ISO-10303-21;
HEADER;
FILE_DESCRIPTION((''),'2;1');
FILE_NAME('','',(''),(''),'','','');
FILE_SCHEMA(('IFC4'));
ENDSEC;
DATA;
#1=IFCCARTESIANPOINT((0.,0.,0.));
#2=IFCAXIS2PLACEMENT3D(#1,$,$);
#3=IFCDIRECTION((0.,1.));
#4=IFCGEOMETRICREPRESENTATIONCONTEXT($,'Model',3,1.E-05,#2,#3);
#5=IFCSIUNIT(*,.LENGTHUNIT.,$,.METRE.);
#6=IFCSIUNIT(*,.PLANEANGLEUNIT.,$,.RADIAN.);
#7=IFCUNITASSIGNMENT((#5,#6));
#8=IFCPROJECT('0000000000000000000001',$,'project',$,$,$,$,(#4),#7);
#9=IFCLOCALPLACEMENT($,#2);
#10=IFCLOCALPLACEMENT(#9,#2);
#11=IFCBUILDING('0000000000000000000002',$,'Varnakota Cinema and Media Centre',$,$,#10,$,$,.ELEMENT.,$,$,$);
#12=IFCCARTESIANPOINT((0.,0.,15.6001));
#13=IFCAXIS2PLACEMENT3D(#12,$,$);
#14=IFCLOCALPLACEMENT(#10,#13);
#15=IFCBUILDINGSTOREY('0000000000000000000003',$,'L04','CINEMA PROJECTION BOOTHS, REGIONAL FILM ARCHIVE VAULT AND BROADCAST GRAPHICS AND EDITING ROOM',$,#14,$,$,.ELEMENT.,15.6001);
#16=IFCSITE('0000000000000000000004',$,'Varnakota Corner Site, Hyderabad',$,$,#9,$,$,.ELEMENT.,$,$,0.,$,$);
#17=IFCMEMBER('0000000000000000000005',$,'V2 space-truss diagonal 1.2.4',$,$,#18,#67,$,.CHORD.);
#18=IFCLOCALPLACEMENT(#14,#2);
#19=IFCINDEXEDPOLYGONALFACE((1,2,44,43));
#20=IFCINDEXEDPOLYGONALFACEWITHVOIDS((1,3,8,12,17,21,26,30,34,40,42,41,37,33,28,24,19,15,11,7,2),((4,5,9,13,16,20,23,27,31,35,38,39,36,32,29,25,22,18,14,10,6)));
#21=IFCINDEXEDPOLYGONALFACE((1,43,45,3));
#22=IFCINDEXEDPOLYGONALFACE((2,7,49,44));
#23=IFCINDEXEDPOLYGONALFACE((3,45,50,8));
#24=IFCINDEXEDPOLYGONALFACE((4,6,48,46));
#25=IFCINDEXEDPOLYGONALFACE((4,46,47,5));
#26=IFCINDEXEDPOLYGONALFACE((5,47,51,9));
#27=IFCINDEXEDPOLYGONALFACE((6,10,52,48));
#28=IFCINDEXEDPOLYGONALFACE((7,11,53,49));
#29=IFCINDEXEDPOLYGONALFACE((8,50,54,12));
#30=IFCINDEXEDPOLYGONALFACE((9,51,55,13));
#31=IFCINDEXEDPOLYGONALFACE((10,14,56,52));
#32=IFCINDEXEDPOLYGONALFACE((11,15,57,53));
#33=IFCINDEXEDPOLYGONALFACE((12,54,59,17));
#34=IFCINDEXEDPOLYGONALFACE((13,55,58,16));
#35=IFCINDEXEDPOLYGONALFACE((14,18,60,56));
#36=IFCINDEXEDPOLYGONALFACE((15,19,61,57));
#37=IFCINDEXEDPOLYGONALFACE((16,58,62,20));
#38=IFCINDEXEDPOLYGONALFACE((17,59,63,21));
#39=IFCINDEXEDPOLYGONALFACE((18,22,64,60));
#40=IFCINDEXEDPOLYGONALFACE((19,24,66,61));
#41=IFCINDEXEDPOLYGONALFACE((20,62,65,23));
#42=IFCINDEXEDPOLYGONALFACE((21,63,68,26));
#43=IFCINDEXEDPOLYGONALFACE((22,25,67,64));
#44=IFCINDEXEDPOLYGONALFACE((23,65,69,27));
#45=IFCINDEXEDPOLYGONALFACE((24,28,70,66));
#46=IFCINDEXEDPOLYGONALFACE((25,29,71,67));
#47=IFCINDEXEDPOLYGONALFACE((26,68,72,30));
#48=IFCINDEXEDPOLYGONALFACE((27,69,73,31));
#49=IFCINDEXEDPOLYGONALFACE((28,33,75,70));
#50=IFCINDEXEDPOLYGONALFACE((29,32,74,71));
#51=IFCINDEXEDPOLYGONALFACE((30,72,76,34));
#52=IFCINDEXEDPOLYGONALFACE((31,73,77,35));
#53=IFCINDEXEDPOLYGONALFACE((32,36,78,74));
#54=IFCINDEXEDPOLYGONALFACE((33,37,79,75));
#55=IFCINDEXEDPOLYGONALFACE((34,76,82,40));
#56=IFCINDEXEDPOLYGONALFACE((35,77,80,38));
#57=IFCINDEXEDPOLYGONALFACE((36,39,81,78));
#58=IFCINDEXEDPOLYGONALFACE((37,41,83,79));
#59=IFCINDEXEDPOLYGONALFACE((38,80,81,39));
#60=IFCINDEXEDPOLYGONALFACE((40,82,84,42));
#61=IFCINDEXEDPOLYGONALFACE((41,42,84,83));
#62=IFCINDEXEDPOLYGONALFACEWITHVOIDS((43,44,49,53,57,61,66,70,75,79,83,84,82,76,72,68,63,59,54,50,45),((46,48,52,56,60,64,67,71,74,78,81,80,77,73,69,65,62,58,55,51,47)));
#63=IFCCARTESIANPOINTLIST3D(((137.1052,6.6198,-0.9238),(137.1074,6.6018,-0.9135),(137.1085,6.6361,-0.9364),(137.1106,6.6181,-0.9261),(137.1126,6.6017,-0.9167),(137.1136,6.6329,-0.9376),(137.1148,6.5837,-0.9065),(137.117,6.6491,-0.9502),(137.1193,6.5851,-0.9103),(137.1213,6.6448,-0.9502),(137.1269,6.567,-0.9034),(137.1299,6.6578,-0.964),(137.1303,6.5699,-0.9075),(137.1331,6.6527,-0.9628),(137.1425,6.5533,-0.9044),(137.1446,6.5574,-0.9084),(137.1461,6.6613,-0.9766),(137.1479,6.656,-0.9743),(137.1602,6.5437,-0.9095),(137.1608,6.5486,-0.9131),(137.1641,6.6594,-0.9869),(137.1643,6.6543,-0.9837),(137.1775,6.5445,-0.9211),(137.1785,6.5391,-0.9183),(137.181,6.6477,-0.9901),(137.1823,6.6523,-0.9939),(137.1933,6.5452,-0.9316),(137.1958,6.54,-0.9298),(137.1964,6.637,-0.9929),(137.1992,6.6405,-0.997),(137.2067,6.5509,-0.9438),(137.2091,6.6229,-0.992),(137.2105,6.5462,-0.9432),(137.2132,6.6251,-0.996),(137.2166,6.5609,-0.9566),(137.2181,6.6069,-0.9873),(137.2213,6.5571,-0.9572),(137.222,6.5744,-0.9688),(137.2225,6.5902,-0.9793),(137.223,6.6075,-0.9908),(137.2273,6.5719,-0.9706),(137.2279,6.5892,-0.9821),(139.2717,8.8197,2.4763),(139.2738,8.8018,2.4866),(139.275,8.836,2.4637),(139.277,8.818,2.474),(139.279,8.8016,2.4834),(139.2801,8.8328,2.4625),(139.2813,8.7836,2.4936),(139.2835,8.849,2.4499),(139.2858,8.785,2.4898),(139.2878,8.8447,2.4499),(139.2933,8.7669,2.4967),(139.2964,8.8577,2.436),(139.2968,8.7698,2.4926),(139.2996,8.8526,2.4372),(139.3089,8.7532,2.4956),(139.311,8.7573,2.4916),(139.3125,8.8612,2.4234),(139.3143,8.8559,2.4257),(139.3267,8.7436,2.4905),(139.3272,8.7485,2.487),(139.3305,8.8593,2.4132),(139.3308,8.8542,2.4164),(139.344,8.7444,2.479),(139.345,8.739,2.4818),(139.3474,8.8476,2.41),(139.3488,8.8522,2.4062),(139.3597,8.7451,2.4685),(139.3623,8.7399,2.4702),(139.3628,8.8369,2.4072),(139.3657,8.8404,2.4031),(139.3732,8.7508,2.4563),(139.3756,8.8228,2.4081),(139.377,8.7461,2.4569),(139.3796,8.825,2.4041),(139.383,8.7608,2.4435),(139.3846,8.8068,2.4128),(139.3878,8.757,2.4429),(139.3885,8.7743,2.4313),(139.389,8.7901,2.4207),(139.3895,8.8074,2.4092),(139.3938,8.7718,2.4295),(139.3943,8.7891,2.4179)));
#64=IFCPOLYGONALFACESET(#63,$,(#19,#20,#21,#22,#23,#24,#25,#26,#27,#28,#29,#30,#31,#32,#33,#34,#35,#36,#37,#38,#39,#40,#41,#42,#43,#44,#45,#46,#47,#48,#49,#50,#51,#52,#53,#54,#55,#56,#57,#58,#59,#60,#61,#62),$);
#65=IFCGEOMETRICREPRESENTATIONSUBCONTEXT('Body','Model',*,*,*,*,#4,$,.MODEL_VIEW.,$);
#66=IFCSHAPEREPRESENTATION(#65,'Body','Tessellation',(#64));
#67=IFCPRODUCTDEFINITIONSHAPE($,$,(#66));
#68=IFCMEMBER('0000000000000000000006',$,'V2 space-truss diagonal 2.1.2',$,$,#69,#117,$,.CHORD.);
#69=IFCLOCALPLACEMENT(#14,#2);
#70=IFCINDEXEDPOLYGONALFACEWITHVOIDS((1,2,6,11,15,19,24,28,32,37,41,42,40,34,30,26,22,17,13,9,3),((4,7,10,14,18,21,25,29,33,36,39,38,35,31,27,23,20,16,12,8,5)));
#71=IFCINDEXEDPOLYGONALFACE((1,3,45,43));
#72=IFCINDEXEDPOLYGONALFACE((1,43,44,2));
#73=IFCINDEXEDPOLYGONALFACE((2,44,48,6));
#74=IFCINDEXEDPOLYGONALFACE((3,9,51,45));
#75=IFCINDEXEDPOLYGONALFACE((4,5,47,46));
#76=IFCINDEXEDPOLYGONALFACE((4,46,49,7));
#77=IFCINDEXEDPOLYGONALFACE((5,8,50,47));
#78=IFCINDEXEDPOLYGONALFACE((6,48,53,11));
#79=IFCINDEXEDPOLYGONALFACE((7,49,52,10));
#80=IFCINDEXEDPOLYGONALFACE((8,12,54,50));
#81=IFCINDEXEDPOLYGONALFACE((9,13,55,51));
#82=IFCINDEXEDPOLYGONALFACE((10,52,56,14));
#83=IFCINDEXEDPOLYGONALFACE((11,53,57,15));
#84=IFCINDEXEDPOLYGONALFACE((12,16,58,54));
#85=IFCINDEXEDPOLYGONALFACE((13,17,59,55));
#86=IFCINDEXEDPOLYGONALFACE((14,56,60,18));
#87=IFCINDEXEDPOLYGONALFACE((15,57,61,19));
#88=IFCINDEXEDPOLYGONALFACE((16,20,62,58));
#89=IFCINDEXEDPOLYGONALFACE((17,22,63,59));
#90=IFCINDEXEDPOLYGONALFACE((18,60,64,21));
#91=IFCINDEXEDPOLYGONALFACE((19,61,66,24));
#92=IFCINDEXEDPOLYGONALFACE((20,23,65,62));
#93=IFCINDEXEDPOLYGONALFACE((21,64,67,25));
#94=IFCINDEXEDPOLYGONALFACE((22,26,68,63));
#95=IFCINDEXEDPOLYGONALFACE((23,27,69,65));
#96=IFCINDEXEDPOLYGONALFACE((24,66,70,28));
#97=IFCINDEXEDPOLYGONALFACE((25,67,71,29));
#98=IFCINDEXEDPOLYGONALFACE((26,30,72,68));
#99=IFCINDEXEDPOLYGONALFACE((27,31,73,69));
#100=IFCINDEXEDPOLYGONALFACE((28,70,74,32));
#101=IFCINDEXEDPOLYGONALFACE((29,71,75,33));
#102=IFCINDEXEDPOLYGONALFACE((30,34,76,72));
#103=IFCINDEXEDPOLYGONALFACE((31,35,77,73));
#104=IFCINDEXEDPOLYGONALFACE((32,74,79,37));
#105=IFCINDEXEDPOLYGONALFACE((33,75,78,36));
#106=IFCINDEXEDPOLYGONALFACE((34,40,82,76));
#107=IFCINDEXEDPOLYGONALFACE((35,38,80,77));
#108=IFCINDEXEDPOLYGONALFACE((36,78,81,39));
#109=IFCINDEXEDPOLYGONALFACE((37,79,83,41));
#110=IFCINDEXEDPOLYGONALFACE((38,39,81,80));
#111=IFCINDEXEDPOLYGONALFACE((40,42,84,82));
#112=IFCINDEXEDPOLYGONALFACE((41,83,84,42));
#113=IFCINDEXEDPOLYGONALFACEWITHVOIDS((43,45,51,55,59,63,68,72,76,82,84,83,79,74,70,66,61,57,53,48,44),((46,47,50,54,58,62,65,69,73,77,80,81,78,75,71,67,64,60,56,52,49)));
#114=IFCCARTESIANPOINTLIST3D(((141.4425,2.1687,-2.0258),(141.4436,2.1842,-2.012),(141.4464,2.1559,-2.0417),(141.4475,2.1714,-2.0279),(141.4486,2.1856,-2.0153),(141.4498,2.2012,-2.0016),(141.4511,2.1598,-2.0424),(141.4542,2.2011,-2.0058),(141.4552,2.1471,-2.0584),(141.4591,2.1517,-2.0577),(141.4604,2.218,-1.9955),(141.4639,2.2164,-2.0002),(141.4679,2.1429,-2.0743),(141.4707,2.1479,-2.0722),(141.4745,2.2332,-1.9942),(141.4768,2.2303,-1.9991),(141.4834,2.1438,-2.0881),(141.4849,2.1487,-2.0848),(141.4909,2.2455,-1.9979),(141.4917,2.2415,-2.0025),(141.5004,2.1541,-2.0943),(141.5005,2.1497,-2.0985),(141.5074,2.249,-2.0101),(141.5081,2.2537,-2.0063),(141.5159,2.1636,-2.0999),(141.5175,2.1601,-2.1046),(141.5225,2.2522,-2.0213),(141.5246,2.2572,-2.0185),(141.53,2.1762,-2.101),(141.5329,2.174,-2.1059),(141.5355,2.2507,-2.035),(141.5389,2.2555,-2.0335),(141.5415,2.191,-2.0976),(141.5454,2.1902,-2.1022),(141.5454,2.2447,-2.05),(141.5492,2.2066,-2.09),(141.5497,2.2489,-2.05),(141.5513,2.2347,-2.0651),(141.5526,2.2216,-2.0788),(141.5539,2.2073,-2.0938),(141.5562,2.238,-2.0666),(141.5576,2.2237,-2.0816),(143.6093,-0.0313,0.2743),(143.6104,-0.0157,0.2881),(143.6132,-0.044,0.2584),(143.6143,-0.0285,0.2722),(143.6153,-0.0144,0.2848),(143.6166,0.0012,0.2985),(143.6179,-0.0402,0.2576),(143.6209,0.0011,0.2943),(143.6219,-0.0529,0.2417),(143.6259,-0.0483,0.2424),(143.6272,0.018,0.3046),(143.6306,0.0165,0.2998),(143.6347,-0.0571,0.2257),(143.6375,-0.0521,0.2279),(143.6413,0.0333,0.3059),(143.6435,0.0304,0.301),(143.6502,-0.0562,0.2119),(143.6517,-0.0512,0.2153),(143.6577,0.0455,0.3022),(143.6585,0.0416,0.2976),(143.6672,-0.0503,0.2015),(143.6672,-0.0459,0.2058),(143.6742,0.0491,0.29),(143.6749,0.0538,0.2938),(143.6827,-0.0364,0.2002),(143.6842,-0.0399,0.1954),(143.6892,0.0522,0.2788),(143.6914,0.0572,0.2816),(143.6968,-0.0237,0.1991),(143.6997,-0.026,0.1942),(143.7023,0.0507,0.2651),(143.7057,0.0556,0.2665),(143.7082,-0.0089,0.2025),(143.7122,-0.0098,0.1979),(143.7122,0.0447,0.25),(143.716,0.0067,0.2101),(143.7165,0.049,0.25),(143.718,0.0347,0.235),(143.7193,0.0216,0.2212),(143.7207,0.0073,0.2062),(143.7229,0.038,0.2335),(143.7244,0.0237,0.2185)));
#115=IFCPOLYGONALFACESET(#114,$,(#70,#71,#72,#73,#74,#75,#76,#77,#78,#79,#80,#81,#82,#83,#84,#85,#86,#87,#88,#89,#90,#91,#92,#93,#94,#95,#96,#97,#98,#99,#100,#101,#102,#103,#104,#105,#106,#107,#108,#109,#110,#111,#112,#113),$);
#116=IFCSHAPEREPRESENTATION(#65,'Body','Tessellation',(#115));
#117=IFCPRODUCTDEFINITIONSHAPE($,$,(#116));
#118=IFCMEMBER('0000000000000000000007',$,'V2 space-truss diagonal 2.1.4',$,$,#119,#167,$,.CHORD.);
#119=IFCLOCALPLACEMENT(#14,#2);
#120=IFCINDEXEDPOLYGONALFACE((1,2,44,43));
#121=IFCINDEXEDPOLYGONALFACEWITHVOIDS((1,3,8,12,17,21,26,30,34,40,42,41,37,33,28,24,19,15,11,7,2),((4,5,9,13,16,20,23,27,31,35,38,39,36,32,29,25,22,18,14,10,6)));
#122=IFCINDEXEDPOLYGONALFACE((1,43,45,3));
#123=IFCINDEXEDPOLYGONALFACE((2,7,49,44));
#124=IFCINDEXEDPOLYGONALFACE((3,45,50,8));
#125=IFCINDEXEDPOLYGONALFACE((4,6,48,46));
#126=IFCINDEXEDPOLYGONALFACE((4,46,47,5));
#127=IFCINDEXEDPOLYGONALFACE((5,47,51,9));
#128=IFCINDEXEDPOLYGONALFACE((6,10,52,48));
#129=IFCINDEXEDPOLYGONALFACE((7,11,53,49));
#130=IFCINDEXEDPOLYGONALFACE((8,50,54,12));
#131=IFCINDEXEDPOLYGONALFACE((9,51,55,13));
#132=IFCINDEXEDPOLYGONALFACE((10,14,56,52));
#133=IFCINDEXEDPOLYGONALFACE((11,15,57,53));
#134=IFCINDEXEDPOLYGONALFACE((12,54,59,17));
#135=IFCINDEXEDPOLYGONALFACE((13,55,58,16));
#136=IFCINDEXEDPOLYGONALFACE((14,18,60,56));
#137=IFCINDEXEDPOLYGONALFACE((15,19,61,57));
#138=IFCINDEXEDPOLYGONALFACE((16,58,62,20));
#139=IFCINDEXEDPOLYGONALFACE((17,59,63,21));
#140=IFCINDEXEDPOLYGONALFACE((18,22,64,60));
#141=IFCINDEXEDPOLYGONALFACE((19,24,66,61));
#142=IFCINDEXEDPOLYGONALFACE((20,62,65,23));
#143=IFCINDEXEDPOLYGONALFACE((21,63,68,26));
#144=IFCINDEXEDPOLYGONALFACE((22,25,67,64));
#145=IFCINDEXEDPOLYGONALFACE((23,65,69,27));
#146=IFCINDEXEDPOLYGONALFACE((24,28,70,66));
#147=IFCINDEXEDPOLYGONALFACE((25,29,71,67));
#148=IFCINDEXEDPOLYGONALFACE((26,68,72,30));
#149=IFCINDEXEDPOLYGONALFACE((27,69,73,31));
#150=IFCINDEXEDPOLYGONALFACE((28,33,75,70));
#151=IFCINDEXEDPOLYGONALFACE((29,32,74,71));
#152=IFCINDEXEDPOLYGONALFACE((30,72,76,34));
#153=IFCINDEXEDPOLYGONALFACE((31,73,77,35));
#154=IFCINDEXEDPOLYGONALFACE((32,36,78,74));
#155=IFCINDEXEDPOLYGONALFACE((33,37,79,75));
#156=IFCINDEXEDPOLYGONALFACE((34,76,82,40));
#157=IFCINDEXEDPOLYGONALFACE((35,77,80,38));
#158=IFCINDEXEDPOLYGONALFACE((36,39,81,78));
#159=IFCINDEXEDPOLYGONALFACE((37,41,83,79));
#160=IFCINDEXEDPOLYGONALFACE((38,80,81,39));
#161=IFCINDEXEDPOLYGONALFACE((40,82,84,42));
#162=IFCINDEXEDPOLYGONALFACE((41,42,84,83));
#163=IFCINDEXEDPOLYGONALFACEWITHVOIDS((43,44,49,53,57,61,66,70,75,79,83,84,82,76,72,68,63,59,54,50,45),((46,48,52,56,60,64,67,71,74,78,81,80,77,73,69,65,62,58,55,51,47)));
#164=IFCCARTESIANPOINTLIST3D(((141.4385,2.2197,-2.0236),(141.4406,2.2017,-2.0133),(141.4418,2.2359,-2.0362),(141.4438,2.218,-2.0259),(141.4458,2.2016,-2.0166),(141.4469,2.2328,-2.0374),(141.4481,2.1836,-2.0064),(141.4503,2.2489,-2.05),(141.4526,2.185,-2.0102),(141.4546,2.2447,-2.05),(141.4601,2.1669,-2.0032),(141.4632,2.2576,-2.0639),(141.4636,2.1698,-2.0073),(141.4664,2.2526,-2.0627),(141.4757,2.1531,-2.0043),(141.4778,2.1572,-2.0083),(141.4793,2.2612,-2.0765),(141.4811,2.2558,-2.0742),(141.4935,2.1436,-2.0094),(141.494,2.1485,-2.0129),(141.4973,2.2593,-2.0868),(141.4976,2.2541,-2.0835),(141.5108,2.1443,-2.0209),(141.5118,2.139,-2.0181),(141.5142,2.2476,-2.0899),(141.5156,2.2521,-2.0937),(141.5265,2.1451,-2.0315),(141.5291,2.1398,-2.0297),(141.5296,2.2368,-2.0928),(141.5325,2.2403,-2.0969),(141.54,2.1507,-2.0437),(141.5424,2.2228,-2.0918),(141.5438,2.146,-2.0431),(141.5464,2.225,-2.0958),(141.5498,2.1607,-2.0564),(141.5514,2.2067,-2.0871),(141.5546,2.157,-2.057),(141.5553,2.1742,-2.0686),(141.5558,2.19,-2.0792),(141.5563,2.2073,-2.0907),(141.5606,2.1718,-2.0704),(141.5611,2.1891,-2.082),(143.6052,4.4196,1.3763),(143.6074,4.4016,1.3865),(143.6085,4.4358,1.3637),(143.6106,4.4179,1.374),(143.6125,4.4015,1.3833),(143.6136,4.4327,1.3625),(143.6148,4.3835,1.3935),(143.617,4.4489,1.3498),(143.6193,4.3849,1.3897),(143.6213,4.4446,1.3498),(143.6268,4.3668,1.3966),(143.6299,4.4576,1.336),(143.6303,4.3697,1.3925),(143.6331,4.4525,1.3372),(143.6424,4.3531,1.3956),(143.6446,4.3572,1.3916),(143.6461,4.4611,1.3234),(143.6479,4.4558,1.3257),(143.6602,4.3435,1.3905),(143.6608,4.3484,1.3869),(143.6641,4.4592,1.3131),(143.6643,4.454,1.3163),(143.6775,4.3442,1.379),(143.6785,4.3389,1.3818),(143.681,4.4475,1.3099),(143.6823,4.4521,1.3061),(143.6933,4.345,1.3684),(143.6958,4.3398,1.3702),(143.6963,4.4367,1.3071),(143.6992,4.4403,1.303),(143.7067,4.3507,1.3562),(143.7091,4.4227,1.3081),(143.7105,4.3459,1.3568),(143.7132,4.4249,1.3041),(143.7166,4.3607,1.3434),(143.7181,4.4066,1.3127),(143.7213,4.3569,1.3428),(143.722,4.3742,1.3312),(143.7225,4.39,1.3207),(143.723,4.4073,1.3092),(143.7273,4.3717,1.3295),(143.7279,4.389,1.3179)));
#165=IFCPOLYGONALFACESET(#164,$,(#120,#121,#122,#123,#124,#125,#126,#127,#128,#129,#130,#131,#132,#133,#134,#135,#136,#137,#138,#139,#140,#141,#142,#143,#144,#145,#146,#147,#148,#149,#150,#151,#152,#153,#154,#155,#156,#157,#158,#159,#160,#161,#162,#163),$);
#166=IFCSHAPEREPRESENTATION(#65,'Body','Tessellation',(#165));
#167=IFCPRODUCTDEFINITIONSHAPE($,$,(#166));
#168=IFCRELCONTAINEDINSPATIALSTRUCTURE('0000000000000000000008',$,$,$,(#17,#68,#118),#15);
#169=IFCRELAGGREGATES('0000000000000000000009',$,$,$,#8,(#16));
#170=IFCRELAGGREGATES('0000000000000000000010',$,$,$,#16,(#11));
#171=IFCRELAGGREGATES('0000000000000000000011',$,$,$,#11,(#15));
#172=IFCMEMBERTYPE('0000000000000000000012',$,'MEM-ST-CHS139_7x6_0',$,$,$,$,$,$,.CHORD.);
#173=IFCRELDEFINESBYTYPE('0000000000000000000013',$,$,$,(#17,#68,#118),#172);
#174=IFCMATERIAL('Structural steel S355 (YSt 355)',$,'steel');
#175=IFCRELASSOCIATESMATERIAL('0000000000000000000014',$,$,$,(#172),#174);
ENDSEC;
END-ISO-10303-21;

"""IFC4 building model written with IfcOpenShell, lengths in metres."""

from ifc_helpers import new_model, si_unit, direction, frame, origin, origin_2d, place, context, subcontext, project, spatial, hollow_circle, extrude, material, material_profile, profile_set, type_object, element, save


model = new_model("IFC4")

# Units and contexts
model_context = context("Model", 3, precision=1e-05, world=origin(), true_north=direction((0.0, 1.0)))
body_context = subcontext(model_context, "Body", "Model", "MODEL_VIEW")
ifc_project = project(units=[si_unit("LENGTHUNIT", "METRE"), si_unit("PLANEANGLEUNIT", "RADIAN")], contexts=[model_context])

# Site, building, storey
site_placement = place(None, origin())
site = spatial("IfcSite", under=ifc_project, at=site_placement, Name="Varnakota Corner Site, Hyderabad", CompositionType="ELEMENT", RefElevation=0.0)
building_placement = place(site_placement, origin())
building = spatial("IfcBuilding", under=site, at=building_placement, Name="Varnakota Cinema and Media Centre", CompositionType="ELEMENT")
storey_placement = place(building_placement, frame((0.0, 0.0, 15.6001)))
storey = spatial("IfcBuildingStorey", under=building, at=storey_placement, Name="L04", Description="CINEMA PROJECTION BOOTHS, REGIONAL FILM ARCHIVE VAULT AND BROADCAST GRAPHICS AND EDITING ROOM", CompositionType="ELEMENT", Elevation=15.6001)

# Members
ifc_material_1 = material(Name="Structural steel S355 (YSt 355)", Category="steel")
ifc_material_profile_1 = material_profile(ifc_material_1, hollow_circle(Radius=0.0698, WallThickness=0.0061, at=origin_2d()), Name="CHS 139.7x6.0")
ifc_profile_set_1 = profile_set([ifc_material_profile_1], Name="Structural steel S355 (YSt 355)")
member_type_1 = type_object("IfcMemberType", Name="MEM-ST-CHS139_7x6_0", PredefinedType="CHORD", material=ifc_profile_set_1)
member_1_placement = place(storey_placement, frame((137.1667, 6.6001, -0.9502), z_axis=(0.47171, 0.478992, 0.740309), x_axis=(-0.712502, 0.70167, 0.0)))
element("IfcMember", 1, at=member_1_placement, inside=storey, type_object=member_type_1, Name="V2 space-truss diagonal 1.2.4", PredefinedType="CHORD", context=body_context, shape_type="SweptSolid", body=[
    extrude(hollow_circle(Radius=0.0698, WallThickness=0.0061, at=origin_2d()), origin(), (0.0, 0.0, 1.0), 4.5928),
])
member_2_placement = place(storey_placement, frame((141.5, 2.2, -2.05), z_axis=(0.562748, -0.571371, 0.597369), x_axis=(0.712463, 0.70171, 0.0)))
element("IfcMember", 2, at=member_2_placement, inside=storey, type_object=member_type_1, Name="V2 space-truss diagonal 2.1.2", PredefinedType="CHORD", context=body_context, shape_type="SweptSolid", body=[
    extrude(hollow_circle(Radius=0.0698, WallThickness=0.0061, at=origin_2d()), origin(), (0.0, 0.0, 1.0), 3.8503),
])
member_3_placement = place(storey_placement, frame((141.5, 2.2, -2.05), z_axis=(0.471769, 0.478999, 0.740266), x_axis=(-0.712463, 0.70171, 0.0)))
element("IfcMember", 3, at=member_3_placement, inside=storey, type_object=member_type_1, Name="V2 space-truss diagonal 2.1.4", PredefinedType="CHORD", context=body_context, shape_type="SweptSolid", body=[
    extrude(hollow_circle(Radius=0.0698, WallThickness=0.0061, at=origin_2d()), origin(), (0.0, 0.0, 1.0), 4.5928),
])

save(model, "model.ifc")
